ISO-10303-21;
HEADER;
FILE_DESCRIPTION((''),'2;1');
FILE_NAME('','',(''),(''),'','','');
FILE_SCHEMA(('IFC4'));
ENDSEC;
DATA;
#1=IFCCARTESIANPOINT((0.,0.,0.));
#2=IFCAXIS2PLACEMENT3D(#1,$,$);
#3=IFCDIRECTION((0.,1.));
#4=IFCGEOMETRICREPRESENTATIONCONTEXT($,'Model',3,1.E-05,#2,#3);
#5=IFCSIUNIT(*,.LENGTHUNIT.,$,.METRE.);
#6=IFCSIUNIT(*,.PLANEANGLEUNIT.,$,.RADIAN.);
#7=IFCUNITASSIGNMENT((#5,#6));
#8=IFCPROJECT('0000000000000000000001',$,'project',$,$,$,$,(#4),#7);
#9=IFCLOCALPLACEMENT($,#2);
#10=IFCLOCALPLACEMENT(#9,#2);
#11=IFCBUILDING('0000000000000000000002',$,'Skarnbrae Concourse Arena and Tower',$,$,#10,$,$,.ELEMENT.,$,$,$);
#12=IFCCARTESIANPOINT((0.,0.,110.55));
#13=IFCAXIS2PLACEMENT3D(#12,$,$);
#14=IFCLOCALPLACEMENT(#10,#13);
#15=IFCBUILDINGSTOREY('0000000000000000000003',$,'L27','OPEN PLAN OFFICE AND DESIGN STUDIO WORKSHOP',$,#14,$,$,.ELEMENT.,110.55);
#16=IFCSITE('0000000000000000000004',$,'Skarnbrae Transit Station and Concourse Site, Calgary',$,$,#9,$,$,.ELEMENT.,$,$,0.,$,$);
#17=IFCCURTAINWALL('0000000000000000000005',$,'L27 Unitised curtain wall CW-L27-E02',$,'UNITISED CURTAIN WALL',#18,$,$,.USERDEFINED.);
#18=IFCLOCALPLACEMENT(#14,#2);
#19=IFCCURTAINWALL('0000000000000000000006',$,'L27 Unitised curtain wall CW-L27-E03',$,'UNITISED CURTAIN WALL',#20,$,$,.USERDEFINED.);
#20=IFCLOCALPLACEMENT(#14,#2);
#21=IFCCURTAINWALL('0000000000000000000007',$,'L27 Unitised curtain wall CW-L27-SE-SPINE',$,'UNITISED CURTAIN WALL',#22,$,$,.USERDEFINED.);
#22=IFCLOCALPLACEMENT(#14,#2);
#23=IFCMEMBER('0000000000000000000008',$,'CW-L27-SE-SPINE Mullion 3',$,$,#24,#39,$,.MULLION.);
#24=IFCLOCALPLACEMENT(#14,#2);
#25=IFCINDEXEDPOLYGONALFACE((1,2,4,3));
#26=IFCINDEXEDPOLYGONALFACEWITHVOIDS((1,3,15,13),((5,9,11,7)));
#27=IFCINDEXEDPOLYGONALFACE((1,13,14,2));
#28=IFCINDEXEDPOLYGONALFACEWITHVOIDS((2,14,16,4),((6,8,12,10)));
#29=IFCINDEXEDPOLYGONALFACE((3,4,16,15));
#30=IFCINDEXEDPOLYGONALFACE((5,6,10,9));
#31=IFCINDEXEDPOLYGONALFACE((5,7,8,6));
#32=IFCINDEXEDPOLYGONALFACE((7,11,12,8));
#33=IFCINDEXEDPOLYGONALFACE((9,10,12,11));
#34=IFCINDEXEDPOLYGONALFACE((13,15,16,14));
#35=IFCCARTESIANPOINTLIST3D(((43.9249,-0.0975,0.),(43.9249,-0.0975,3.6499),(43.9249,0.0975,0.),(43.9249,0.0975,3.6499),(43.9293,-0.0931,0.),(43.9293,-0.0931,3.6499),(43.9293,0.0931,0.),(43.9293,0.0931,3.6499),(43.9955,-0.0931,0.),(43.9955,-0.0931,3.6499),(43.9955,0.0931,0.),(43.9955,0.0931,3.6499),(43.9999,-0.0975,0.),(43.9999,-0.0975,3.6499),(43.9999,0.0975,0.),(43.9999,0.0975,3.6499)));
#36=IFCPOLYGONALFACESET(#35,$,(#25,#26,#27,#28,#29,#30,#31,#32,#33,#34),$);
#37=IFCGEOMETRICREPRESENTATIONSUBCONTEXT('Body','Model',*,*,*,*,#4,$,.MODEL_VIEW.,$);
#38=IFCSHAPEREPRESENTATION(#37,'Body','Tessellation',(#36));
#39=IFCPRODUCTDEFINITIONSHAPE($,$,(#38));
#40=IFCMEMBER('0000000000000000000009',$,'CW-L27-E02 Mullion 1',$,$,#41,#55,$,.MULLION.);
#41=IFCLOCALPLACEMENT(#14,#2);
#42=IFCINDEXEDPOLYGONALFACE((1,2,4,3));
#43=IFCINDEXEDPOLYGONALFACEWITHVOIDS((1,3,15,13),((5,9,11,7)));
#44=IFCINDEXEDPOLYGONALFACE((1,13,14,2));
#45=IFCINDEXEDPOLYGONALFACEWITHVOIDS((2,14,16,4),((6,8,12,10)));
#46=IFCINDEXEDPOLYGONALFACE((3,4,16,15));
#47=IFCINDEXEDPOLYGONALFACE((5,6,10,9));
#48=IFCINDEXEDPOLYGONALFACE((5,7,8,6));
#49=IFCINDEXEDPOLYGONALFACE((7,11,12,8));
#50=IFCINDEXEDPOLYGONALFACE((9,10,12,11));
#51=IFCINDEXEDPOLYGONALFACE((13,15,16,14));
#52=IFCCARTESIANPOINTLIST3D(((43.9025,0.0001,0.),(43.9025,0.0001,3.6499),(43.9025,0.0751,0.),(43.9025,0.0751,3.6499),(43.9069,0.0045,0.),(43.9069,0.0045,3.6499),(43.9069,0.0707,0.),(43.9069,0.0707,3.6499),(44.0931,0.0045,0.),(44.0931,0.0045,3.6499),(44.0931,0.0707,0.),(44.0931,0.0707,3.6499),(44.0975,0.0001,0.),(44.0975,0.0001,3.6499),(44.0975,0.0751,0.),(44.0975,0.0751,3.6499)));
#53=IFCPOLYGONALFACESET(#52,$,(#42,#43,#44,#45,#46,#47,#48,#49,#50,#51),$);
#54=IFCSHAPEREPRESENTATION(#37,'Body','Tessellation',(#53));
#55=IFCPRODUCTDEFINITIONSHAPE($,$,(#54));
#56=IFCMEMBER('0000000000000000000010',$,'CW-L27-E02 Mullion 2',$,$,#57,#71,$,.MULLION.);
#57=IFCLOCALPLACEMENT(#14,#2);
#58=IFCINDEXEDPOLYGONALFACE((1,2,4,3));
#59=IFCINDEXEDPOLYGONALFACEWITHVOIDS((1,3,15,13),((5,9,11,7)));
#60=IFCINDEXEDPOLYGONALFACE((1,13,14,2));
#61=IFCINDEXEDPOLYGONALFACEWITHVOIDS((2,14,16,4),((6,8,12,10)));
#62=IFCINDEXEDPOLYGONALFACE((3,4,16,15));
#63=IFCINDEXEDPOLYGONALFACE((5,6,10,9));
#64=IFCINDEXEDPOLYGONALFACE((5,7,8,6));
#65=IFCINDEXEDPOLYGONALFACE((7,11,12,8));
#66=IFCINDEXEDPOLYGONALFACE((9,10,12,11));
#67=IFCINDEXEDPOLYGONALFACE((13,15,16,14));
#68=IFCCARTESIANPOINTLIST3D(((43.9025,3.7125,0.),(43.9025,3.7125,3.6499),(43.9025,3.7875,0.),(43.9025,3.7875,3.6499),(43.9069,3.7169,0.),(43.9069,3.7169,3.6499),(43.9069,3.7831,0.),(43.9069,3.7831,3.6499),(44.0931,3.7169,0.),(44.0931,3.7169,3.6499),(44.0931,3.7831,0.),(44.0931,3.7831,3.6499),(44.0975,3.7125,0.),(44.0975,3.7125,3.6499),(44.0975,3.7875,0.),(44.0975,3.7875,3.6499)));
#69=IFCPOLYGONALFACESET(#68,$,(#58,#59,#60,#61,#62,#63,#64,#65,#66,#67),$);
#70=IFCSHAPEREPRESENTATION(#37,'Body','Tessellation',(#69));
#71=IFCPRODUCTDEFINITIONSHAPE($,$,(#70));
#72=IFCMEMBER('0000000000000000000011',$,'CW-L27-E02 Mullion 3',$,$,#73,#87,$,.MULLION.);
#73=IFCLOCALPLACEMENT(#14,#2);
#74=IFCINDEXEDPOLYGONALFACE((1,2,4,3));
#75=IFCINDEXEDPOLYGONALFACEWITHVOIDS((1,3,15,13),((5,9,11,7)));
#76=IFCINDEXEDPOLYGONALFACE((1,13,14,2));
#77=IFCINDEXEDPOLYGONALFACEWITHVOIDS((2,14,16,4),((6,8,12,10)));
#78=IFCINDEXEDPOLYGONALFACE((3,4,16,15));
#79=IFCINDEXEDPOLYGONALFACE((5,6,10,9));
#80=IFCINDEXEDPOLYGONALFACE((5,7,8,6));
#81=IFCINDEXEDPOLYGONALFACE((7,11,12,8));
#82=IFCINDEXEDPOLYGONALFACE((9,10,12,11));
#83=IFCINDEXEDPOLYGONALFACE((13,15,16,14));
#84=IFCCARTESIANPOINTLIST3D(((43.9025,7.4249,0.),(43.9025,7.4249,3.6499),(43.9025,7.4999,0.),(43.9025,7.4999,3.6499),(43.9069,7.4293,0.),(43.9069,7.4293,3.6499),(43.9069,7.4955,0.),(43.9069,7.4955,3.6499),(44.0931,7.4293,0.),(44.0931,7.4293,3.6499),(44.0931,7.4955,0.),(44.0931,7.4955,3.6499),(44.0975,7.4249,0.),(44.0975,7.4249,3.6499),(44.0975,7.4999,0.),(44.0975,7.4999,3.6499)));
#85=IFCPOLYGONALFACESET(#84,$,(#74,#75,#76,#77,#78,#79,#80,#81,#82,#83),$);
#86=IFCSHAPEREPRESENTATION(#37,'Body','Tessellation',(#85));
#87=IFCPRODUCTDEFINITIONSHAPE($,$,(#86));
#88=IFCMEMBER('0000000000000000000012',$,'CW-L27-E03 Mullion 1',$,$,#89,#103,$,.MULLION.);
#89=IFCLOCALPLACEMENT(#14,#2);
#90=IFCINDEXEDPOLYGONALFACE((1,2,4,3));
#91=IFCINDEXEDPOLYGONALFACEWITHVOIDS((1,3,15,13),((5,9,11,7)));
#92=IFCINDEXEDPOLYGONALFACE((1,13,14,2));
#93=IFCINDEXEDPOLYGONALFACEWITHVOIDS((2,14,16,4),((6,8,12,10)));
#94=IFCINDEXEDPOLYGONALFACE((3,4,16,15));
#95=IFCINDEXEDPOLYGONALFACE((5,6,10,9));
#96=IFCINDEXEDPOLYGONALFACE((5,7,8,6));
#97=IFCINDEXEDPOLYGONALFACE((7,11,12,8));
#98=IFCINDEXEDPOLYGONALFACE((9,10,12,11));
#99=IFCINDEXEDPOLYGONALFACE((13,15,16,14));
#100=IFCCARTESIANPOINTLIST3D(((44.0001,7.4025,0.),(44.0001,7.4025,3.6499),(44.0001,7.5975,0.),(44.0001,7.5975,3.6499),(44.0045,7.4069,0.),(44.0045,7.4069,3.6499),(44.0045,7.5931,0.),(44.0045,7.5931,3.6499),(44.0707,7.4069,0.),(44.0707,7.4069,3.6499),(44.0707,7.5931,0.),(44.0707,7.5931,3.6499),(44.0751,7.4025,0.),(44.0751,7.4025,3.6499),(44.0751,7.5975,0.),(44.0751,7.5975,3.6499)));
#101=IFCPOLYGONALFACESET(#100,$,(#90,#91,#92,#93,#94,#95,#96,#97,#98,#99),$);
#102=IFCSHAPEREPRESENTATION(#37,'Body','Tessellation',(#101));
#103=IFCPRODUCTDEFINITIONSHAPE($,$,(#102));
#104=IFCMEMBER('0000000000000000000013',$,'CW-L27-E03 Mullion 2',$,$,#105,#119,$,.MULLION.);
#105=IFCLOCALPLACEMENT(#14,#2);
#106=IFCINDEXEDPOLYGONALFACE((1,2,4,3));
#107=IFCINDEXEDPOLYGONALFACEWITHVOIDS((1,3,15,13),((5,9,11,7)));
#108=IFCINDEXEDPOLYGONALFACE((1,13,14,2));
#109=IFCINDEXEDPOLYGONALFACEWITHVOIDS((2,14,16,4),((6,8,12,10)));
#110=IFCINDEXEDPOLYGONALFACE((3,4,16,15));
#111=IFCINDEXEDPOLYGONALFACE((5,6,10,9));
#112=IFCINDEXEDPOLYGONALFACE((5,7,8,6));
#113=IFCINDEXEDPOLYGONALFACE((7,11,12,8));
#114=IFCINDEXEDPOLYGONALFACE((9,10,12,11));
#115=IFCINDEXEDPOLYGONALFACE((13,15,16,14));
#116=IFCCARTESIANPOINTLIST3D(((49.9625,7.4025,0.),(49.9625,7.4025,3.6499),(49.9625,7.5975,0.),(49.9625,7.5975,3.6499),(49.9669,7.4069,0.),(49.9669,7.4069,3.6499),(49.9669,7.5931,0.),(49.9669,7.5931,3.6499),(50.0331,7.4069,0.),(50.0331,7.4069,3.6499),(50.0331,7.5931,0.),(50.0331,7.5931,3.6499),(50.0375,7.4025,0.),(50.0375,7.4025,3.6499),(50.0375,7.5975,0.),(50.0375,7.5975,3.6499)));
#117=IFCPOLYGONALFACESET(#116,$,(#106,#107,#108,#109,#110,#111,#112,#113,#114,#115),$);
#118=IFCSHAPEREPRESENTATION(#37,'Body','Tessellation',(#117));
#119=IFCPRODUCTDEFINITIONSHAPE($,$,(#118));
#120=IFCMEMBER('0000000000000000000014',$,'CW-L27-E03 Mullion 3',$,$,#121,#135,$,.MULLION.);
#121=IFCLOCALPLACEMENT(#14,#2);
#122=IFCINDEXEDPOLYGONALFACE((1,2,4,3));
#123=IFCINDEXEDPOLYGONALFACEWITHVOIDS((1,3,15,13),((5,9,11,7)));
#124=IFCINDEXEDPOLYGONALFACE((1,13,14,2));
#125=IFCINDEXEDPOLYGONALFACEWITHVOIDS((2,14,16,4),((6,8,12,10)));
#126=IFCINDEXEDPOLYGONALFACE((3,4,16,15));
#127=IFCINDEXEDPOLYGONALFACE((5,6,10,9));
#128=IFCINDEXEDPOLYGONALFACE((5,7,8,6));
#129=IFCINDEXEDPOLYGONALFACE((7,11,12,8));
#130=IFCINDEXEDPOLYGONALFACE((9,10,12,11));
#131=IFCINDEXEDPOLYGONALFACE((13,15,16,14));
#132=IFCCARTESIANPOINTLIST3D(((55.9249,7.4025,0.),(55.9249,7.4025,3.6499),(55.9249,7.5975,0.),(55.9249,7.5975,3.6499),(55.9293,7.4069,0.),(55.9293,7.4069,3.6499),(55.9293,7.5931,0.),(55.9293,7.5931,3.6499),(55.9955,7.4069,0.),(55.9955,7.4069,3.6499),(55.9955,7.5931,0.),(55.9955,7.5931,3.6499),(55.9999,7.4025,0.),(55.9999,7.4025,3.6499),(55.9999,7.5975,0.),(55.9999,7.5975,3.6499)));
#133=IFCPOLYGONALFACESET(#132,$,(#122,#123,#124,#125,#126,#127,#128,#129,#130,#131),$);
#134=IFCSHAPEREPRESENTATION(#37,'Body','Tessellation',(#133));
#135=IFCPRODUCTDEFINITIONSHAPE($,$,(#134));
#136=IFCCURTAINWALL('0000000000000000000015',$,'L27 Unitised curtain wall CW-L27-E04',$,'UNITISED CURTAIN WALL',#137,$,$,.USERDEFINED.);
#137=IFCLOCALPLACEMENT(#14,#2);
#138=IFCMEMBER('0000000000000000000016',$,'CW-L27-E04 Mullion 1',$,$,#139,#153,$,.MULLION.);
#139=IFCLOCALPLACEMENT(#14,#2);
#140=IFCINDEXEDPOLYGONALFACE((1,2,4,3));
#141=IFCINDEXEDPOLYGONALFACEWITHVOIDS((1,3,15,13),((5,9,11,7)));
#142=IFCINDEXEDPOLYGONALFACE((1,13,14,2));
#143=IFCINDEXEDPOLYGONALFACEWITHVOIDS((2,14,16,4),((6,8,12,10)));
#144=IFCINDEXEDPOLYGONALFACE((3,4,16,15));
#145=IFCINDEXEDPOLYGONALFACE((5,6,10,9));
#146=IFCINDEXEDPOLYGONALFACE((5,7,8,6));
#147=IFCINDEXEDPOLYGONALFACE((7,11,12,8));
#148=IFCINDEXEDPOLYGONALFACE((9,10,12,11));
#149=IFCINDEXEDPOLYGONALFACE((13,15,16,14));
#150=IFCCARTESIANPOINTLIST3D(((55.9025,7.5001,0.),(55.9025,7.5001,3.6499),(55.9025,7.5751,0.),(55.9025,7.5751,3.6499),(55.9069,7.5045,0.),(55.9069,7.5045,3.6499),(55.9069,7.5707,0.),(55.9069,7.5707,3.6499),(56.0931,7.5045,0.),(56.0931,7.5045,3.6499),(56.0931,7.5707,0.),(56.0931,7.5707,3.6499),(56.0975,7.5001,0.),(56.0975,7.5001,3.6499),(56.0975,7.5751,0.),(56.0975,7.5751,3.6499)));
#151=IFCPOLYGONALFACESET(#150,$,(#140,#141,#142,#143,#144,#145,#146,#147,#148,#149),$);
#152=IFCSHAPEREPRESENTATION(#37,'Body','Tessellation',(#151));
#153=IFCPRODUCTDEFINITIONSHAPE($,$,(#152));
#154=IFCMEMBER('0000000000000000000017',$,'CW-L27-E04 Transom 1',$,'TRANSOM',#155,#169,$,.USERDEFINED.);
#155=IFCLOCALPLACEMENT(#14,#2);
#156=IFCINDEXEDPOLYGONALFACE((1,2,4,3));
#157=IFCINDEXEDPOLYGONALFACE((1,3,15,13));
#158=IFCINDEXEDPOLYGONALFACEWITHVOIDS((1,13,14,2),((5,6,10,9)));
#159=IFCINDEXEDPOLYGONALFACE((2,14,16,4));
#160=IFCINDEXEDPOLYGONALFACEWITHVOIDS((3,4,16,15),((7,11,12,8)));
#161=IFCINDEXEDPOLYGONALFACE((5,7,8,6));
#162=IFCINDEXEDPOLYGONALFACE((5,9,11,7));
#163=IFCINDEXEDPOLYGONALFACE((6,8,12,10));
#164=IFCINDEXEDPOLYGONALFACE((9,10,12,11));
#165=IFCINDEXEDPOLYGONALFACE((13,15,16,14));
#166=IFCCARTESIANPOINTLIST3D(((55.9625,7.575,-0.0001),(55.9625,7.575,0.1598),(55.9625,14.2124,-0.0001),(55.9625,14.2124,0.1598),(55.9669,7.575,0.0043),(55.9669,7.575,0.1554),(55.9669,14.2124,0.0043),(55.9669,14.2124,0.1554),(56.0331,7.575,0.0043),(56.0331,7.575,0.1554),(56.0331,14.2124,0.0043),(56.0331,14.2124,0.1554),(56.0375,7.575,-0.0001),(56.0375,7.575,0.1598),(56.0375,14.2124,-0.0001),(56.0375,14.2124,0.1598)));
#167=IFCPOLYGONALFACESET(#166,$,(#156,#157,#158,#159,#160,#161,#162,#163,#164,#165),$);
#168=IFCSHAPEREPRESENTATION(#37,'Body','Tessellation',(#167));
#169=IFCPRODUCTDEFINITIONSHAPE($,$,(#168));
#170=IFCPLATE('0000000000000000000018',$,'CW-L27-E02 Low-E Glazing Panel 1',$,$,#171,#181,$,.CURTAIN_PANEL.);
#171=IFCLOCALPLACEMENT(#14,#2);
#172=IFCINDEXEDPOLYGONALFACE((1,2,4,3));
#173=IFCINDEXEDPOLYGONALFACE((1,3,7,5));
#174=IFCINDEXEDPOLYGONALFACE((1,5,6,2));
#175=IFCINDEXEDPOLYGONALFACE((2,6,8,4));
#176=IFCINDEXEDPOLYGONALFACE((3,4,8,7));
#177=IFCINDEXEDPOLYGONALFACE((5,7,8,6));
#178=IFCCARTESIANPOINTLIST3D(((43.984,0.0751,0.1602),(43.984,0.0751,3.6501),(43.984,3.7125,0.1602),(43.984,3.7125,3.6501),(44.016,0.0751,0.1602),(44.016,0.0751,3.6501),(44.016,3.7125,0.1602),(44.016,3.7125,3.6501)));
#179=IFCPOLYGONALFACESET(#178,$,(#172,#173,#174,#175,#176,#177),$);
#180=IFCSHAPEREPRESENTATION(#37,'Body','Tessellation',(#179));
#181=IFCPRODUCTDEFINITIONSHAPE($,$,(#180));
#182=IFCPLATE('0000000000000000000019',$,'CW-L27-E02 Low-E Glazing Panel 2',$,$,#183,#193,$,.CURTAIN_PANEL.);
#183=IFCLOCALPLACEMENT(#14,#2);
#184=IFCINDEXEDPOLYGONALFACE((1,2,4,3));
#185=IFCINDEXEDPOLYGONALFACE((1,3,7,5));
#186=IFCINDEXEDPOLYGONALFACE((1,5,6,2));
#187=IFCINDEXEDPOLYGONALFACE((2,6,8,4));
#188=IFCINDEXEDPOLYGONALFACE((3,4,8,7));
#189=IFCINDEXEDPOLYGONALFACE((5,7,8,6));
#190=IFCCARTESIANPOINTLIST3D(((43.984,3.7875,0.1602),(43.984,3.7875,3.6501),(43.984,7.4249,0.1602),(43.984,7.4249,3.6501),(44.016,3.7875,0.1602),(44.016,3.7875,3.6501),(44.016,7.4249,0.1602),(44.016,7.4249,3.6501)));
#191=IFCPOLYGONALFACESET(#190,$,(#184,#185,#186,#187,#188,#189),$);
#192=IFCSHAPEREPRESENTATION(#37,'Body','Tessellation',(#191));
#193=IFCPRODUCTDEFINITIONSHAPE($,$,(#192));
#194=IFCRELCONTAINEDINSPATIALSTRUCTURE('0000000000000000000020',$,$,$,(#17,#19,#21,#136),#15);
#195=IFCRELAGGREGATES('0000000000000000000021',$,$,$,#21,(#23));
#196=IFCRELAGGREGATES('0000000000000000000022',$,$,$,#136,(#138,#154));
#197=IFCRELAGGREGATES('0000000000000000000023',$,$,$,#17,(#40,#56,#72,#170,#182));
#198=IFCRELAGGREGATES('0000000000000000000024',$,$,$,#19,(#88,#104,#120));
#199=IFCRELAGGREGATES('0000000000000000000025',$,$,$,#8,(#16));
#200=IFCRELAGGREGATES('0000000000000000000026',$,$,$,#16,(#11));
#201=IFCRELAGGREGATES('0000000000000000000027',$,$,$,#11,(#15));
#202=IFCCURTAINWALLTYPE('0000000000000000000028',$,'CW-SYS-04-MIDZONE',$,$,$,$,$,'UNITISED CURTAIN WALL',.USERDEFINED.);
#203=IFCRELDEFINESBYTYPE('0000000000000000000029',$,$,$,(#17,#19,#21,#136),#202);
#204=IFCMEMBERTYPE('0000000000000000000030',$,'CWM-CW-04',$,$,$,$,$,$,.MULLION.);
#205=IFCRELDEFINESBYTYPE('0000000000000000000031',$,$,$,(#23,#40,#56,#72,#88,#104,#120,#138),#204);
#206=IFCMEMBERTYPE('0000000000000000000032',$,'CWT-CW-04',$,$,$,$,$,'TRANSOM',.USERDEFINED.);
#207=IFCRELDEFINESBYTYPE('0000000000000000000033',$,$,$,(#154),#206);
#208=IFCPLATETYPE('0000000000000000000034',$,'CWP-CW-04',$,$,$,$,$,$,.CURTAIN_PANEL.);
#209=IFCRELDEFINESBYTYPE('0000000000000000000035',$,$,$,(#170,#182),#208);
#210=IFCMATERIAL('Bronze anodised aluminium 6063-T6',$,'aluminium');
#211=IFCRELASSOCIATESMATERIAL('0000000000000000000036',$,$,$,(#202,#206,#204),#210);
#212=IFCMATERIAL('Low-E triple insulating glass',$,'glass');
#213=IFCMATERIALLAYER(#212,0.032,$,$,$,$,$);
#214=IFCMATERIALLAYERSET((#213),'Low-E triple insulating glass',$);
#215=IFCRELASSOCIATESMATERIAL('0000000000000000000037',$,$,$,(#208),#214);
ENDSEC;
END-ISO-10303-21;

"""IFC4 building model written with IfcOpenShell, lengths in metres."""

from ifc_helpers import new_model, si_unit, direction, frame, origin, origin_2d, place, context, subcontext, project, spatial, rectangle, hollow_rectangle, extrude, source, transform, mapped, material, layer, layer_set, material_profile, profile_set, type_object, element, aggregate, save


model = new_model("IFC4")

# Units and contexts
model_context = context("Model", 3, precision=1e-05, world=origin(), true_north=direction((0.0, 1.0)))
body_context = subcontext(model_context, "Body", "Model", "MODEL_VIEW")
ifc_project = project(units=[si_unit("LENGTHUNIT", "METRE"), si_unit("PLANEANGLEUNIT", "RADIAN")], contexts=[model_context])

# Site, building, storey
site_placement = place(None, origin())
site = spatial("IfcSite", under=ifc_project, at=site_placement, Name="Skarnbrae Transit Station and Concourse Site, Calgary", CompositionType="ELEMENT", RefElevation=0.0)
building_placement = place(site_placement, origin())
building = spatial("IfcBuilding", under=site, at=building_placement, Name="Skarnbrae Concourse Arena and Tower", CompositionType="ELEMENT")
storey_placement = place(building_placement, frame((0.0, 0.0, 110.55)))
storey = spatial("IfcBuildingStorey", under=building, at=storey_placement, Name="L27", Description="OPEN PLAN OFFICE AND DESIGN STUDIO WORKSHOP", CompositionType="ELEMENT", Elevation=110.55)

# Curtain walls
ifc_material_1 = material(Name="Bronze anodised aluminium 6063-T6", Category="aluminium")
curtain_wall_type = type_object("IfcCurtainWallType", Name="CW-SYS-04-MIDZONE", ElementType="UNITISED CURTAIN WALL", PredefinedType="USERDEFINED", material=ifc_material_1)
curtain_wall_1_placement = place(storey_placement, origin())
curtain_wall_1 = element("IfcCurtainWall", 1, at=curtain_wall_1_placement, inside=storey, type_object=curtain_wall_type, Name="L27 Unitised curtain wall CW-L27-E02", ObjectType="UNITISED CURTAIN WALL", PredefinedType="USERDEFINED")
ifc_material_profile_1 = material_profile(ifc_material_1, hollow_rectangle(XDim=0.075, YDim=0.1599, WallThickness=0.0044, at=origin_2d()), Name="ALU-TRAN-75X160")
ifc_profile_set_1 = profile_set([ifc_material_profile_1], Name="Bronze anodised aluminium 6063-T6")
member_type_1 = type_object("IfcMemberType", Name="CWT-CW-04", ElementType="TRANSOM", PredefinedType="USERDEFINED", material=ifc_profile_set_1)
curtain_wall_2_placement = place(storey_placement, origin())
curtain_wall_2 = element("IfcCurtainWall", 2, at=curtain_wall_2_placement, inside=storey, type_object=curtain_wall_type, Name="L27 Unitised curtain wall CW-L27-E03", ObjectType="UNITISED CURTAIN WALL", PredefinedType="USERDEFINED")

# Curtain wall, member
curtain_wall_3_placement = place(storey_placement, origin())
curtain_wall_3 = element("IfcCurtainWall", 3, at=curtain_wall_3_placement, inside=storey, type_object=curtain_wall_type, Name="L27 Unitised curtain wall CW-L27-SE-SPINE", ObjectType="UNITISED CURTAIN WALL", PredefinedType="USERDEFINED")
ifc_material_profile_2 = material_profile(ifc_material_1, hollow_rectangle(XDim=0.075, YDim=0.1951, WallThickness=0.0044, at=origin_2d()), Name="ALU-MULL-75X195")
ifc_profile_set_2 = profile_set([ifc_material_profile_2], Name="Bronze anodised aluminium 6063-T6")
member_type_2 = type_object("IfcMemberType", Name="CWM-CW-04", PredefinedType="MULLION", material=ifc_profile_set_2)
shared_shape_1 = source(origin(), body_context, "Body", "SweptSolid", [
    extrude(hollow_rectangle(XDim=0.075, YDim=0.1951, WallThickness=0.0044, at=origin_2d()), origin(), (0.0, 0.0, 1.0), 3.6499),
])
member_1_placement = place(storey_placement, frame((43.9624, 0.0, 0.0), z_axis=(0.0, 0.0, 1.0), x_axis=(1.0, 0.0, 0.0)))
member_1 = element("IfcMember", 4, at=member_1_placement, type_object=member_type_2, Name="CW-L27-SE-SPINE Mullion 3", PredefinedType="MULLION", context=body_context, shape_type="MappedRepresentation", body=[
    mapped(shared_shape_1, transform((0.0, 0.0, 0.0))),
])
aggregate(curtain_wall_3, [member_1])

# Members
member_2_placement = place(storey_placement, frame((44.0, 0.0376, 0.0), z_axis=(0.0, 0.0, 1.0), x_axis=(0.0, 1.0, 0.0)))
member_2 = element("IfcMember", 5, at=member_2_placement, type_object=member_type_2, Name="CW-L27-E02 Mullion 1", PredefinedType="MULLION", context=body_context, shape_type="MappedRepresentation", body=[
    mapped(shared_shape_1, transform((0.0, 0.0, 0.0))),
])
member_3_placement = place(storey_placement, frame((44.0, 3.75, 0.0), z_axis=(0.0, 0.0, 1.0), x_axis=(0.0, 1.0, 0.0)))
member_3 = element("IfcMember", 6, at=member_3_placement, type_object=member_type_2, Name="CW-L27-E02 Mullion 2", PredefinedType="MULLION", context=body_context, shape_type="MappedRepresentation", body=[
    mapped(shared_shape_1, transform((0.0, 0.0, 0.0))),
])
member_4_placement = place(storey_placement, frame((44.0, 7.4624, 0.0), z_axis=(0.0, 0.0, 1.0), x_axis=(0.0, 1.0, 0.0)))
member_4 = element("IfcMember", 7, at=member_4_placement, type_object=member_type_2, Name="CW-L27-E02 Mullion 3", PredefinedType="MULLION", context=body_context, shape_type="MappedRepresentation", body=[
    mapped(shared_shape_1, transform((0.0, 0.0, 0.0))),
])
member_5_placement = place(storey_placement, frame((44.0376, 7.5, 0.0), z_axis=(0.0, 0.0, 1.0), x_axis=(1.0, 0.0, 0.0)))
member_5 = element("IfcMember", 8, at=member_5_placement, type_object=member_type_2, Name="CW-L27-E03 Mullion 1", PredefinedType="MULLION", context=body_context, shape_type="MappedRepresentation", body=[
    mapped(shared_shape_1, transform((0.0, 0.0, 0.0))),
])
member_6_placement = place(storey_placement, frame((50.0, 7.5, 0.0), z_axis=(0.0, 0.0, 1.0), x_axis=(1.0, 0.0, 0.0)))
member_6 = element("IfcMember", 9, at=member_6_placement, type_object=member_type_2, Name="CW-L27-E03 Mullion 2", PredefinedType="MULLION", context=body_context, shape_type="MappedRepresentation", body=[
    mapped(shared_shape_1, transform((0.0, 0.0, 0.0))),
])
member_7_placement = place(storey_placement, frame((55.9624, 7.5, 0.0), z_axis=(0.0, 0.0, 1.0), x_axis=(1.0, 0.0, 0.0)))
member_7 = element("IfcMember", 10, at=member_7_placement, type_object=member_type_2, Name="CW-L27-E03 Mullion 3", PredefinedType="MULLION", context=body_context, shape_type="MappedRepresentation", body=[
    mapped(shared_shape_1, transform((0.0, 0.0, 0.0))),
])

# Curtain wall, members
curtain_wall_4_placement = place(storey_placement, origin())
curtain_wall_4 = element("IfcCurtainWall", 11, at=curtain_wall_4_placement, inside=storey, type_object=curtain_wall_type, Name="L27 Unitised curtain wall CW-L27-E04", ObjectType="UNITISED CURTAIN WALL", PredefinedType="USERDEFINED")
member_8_placement = place(storey_placement, frame((56.0, 7.5376, 0.0), z_axis=(0.0, 0.0, 1.0), x_axis=(0.0, 1.0, 0.0)))
member_8 = element("IfcMember", 12, at=member_8_placement, type_object=member_type_2, Name="CW-L27-E04 Mullion 1", PredefinedType="MULLION", context=body_context, shape_type="MappedRepresentation", body=[
    mapped(shared_shape_1, transform((0.0, 0.0, 0.0))),
])
shared_shape_2 = source(origin(), body_context, "Body", "SweptSolid", [
    extrude(hollow_rectangle(XDim=0.075, YDim=0.1599, WallThickness=0.0044, at=origin_2d()), origin(), (0.0, 0.0, 1.0), 6.6375),
])
member_9_placement = place(storey_placement, frame((56.0, 7.575, 0.0798), z_axis=(0.0, 1.0, 0.0), x_axis=(-1.0, 0.0, 0.0)))
member_9 = element("IfcMember", 13, at=member_9_placement, type_object=member_type_1, Name="CW-L27-E04 Transom 1", ObjectType="TRANSOM", PredefinedType="USERDEFINED", context=body_context, shape_type="MappedRepresentation", body=[
    mapped(shared_shape_2, transform((0.0, 0.0, 0.0))),
])
aggregate(curtain_wall_4, [member_8, member_9])

# Plates
ifc_material_2 = material(Name="Low-E triple insulating glass", Category="glass")
ifc_layer = layer(ifc_material_2, 0.032)
ifc_layer_set = layer_set([ifc_layer], Name="Low-E triple insulating glass")
plate_type = type_object("IfcPlateType", Name="CWP-CW-04", PredefinedType="CURTAIN_PANEL", material=ifc_layer_set)
shared_shape_3 = source(origin(), body_context, "Body", "SweptSolid", [
    extrude(rectangle(XDim=3.6375, YDim=0.032, at=origin_2d()), origin(), (0.0, 0.0, 1.0), 3.49),
])
plate_1_placement = place(storey_placement, frame((44.0, 1.8938, 0.1602), z_axis=(0.0, 0.0, 1.0), x_axis=(0.0, 1.0, 0.0)))
plate_1 = element("IfcPlate", 14, at=plate_1_placement, type_object=plate_type, Name="CW-L27-E02 Low-E Glazing Panel 1", PredefinedType="CURTAIN_PANEL", context=body_context, shape_type="MappedRepresentation", body=[
    mapped(shared_shape_3, transform((0.0, 0.0, 0.0))),
])
plate_2_placement = place(storey_placement, frame((44.0, 5.6062, 0.1602), z_axis=(0.0, 0.0, 1.0), x_axis=(0.0, 1.0, 0.0)))
plate_2 = element("IfcPlate", 15, at=plate_2_placement, type_object=plate_type, Name="CW-L27-E02 Low-E Glazing Panel 2", PredefinedType="CURTAIN_PANEL", context=body_context, shape_type="MappedRepresentation", body=[
    mapped(shared_shape_3, transform((0.0, 0.0, 0.0))),
])
aggregate(curtain_wall_1, [member_2, member_3, member_4, plate_1, plate_2])
aggregate(curtain_wall_2, [member_5, member_6, member_7])

save(model, "model.ifc")
